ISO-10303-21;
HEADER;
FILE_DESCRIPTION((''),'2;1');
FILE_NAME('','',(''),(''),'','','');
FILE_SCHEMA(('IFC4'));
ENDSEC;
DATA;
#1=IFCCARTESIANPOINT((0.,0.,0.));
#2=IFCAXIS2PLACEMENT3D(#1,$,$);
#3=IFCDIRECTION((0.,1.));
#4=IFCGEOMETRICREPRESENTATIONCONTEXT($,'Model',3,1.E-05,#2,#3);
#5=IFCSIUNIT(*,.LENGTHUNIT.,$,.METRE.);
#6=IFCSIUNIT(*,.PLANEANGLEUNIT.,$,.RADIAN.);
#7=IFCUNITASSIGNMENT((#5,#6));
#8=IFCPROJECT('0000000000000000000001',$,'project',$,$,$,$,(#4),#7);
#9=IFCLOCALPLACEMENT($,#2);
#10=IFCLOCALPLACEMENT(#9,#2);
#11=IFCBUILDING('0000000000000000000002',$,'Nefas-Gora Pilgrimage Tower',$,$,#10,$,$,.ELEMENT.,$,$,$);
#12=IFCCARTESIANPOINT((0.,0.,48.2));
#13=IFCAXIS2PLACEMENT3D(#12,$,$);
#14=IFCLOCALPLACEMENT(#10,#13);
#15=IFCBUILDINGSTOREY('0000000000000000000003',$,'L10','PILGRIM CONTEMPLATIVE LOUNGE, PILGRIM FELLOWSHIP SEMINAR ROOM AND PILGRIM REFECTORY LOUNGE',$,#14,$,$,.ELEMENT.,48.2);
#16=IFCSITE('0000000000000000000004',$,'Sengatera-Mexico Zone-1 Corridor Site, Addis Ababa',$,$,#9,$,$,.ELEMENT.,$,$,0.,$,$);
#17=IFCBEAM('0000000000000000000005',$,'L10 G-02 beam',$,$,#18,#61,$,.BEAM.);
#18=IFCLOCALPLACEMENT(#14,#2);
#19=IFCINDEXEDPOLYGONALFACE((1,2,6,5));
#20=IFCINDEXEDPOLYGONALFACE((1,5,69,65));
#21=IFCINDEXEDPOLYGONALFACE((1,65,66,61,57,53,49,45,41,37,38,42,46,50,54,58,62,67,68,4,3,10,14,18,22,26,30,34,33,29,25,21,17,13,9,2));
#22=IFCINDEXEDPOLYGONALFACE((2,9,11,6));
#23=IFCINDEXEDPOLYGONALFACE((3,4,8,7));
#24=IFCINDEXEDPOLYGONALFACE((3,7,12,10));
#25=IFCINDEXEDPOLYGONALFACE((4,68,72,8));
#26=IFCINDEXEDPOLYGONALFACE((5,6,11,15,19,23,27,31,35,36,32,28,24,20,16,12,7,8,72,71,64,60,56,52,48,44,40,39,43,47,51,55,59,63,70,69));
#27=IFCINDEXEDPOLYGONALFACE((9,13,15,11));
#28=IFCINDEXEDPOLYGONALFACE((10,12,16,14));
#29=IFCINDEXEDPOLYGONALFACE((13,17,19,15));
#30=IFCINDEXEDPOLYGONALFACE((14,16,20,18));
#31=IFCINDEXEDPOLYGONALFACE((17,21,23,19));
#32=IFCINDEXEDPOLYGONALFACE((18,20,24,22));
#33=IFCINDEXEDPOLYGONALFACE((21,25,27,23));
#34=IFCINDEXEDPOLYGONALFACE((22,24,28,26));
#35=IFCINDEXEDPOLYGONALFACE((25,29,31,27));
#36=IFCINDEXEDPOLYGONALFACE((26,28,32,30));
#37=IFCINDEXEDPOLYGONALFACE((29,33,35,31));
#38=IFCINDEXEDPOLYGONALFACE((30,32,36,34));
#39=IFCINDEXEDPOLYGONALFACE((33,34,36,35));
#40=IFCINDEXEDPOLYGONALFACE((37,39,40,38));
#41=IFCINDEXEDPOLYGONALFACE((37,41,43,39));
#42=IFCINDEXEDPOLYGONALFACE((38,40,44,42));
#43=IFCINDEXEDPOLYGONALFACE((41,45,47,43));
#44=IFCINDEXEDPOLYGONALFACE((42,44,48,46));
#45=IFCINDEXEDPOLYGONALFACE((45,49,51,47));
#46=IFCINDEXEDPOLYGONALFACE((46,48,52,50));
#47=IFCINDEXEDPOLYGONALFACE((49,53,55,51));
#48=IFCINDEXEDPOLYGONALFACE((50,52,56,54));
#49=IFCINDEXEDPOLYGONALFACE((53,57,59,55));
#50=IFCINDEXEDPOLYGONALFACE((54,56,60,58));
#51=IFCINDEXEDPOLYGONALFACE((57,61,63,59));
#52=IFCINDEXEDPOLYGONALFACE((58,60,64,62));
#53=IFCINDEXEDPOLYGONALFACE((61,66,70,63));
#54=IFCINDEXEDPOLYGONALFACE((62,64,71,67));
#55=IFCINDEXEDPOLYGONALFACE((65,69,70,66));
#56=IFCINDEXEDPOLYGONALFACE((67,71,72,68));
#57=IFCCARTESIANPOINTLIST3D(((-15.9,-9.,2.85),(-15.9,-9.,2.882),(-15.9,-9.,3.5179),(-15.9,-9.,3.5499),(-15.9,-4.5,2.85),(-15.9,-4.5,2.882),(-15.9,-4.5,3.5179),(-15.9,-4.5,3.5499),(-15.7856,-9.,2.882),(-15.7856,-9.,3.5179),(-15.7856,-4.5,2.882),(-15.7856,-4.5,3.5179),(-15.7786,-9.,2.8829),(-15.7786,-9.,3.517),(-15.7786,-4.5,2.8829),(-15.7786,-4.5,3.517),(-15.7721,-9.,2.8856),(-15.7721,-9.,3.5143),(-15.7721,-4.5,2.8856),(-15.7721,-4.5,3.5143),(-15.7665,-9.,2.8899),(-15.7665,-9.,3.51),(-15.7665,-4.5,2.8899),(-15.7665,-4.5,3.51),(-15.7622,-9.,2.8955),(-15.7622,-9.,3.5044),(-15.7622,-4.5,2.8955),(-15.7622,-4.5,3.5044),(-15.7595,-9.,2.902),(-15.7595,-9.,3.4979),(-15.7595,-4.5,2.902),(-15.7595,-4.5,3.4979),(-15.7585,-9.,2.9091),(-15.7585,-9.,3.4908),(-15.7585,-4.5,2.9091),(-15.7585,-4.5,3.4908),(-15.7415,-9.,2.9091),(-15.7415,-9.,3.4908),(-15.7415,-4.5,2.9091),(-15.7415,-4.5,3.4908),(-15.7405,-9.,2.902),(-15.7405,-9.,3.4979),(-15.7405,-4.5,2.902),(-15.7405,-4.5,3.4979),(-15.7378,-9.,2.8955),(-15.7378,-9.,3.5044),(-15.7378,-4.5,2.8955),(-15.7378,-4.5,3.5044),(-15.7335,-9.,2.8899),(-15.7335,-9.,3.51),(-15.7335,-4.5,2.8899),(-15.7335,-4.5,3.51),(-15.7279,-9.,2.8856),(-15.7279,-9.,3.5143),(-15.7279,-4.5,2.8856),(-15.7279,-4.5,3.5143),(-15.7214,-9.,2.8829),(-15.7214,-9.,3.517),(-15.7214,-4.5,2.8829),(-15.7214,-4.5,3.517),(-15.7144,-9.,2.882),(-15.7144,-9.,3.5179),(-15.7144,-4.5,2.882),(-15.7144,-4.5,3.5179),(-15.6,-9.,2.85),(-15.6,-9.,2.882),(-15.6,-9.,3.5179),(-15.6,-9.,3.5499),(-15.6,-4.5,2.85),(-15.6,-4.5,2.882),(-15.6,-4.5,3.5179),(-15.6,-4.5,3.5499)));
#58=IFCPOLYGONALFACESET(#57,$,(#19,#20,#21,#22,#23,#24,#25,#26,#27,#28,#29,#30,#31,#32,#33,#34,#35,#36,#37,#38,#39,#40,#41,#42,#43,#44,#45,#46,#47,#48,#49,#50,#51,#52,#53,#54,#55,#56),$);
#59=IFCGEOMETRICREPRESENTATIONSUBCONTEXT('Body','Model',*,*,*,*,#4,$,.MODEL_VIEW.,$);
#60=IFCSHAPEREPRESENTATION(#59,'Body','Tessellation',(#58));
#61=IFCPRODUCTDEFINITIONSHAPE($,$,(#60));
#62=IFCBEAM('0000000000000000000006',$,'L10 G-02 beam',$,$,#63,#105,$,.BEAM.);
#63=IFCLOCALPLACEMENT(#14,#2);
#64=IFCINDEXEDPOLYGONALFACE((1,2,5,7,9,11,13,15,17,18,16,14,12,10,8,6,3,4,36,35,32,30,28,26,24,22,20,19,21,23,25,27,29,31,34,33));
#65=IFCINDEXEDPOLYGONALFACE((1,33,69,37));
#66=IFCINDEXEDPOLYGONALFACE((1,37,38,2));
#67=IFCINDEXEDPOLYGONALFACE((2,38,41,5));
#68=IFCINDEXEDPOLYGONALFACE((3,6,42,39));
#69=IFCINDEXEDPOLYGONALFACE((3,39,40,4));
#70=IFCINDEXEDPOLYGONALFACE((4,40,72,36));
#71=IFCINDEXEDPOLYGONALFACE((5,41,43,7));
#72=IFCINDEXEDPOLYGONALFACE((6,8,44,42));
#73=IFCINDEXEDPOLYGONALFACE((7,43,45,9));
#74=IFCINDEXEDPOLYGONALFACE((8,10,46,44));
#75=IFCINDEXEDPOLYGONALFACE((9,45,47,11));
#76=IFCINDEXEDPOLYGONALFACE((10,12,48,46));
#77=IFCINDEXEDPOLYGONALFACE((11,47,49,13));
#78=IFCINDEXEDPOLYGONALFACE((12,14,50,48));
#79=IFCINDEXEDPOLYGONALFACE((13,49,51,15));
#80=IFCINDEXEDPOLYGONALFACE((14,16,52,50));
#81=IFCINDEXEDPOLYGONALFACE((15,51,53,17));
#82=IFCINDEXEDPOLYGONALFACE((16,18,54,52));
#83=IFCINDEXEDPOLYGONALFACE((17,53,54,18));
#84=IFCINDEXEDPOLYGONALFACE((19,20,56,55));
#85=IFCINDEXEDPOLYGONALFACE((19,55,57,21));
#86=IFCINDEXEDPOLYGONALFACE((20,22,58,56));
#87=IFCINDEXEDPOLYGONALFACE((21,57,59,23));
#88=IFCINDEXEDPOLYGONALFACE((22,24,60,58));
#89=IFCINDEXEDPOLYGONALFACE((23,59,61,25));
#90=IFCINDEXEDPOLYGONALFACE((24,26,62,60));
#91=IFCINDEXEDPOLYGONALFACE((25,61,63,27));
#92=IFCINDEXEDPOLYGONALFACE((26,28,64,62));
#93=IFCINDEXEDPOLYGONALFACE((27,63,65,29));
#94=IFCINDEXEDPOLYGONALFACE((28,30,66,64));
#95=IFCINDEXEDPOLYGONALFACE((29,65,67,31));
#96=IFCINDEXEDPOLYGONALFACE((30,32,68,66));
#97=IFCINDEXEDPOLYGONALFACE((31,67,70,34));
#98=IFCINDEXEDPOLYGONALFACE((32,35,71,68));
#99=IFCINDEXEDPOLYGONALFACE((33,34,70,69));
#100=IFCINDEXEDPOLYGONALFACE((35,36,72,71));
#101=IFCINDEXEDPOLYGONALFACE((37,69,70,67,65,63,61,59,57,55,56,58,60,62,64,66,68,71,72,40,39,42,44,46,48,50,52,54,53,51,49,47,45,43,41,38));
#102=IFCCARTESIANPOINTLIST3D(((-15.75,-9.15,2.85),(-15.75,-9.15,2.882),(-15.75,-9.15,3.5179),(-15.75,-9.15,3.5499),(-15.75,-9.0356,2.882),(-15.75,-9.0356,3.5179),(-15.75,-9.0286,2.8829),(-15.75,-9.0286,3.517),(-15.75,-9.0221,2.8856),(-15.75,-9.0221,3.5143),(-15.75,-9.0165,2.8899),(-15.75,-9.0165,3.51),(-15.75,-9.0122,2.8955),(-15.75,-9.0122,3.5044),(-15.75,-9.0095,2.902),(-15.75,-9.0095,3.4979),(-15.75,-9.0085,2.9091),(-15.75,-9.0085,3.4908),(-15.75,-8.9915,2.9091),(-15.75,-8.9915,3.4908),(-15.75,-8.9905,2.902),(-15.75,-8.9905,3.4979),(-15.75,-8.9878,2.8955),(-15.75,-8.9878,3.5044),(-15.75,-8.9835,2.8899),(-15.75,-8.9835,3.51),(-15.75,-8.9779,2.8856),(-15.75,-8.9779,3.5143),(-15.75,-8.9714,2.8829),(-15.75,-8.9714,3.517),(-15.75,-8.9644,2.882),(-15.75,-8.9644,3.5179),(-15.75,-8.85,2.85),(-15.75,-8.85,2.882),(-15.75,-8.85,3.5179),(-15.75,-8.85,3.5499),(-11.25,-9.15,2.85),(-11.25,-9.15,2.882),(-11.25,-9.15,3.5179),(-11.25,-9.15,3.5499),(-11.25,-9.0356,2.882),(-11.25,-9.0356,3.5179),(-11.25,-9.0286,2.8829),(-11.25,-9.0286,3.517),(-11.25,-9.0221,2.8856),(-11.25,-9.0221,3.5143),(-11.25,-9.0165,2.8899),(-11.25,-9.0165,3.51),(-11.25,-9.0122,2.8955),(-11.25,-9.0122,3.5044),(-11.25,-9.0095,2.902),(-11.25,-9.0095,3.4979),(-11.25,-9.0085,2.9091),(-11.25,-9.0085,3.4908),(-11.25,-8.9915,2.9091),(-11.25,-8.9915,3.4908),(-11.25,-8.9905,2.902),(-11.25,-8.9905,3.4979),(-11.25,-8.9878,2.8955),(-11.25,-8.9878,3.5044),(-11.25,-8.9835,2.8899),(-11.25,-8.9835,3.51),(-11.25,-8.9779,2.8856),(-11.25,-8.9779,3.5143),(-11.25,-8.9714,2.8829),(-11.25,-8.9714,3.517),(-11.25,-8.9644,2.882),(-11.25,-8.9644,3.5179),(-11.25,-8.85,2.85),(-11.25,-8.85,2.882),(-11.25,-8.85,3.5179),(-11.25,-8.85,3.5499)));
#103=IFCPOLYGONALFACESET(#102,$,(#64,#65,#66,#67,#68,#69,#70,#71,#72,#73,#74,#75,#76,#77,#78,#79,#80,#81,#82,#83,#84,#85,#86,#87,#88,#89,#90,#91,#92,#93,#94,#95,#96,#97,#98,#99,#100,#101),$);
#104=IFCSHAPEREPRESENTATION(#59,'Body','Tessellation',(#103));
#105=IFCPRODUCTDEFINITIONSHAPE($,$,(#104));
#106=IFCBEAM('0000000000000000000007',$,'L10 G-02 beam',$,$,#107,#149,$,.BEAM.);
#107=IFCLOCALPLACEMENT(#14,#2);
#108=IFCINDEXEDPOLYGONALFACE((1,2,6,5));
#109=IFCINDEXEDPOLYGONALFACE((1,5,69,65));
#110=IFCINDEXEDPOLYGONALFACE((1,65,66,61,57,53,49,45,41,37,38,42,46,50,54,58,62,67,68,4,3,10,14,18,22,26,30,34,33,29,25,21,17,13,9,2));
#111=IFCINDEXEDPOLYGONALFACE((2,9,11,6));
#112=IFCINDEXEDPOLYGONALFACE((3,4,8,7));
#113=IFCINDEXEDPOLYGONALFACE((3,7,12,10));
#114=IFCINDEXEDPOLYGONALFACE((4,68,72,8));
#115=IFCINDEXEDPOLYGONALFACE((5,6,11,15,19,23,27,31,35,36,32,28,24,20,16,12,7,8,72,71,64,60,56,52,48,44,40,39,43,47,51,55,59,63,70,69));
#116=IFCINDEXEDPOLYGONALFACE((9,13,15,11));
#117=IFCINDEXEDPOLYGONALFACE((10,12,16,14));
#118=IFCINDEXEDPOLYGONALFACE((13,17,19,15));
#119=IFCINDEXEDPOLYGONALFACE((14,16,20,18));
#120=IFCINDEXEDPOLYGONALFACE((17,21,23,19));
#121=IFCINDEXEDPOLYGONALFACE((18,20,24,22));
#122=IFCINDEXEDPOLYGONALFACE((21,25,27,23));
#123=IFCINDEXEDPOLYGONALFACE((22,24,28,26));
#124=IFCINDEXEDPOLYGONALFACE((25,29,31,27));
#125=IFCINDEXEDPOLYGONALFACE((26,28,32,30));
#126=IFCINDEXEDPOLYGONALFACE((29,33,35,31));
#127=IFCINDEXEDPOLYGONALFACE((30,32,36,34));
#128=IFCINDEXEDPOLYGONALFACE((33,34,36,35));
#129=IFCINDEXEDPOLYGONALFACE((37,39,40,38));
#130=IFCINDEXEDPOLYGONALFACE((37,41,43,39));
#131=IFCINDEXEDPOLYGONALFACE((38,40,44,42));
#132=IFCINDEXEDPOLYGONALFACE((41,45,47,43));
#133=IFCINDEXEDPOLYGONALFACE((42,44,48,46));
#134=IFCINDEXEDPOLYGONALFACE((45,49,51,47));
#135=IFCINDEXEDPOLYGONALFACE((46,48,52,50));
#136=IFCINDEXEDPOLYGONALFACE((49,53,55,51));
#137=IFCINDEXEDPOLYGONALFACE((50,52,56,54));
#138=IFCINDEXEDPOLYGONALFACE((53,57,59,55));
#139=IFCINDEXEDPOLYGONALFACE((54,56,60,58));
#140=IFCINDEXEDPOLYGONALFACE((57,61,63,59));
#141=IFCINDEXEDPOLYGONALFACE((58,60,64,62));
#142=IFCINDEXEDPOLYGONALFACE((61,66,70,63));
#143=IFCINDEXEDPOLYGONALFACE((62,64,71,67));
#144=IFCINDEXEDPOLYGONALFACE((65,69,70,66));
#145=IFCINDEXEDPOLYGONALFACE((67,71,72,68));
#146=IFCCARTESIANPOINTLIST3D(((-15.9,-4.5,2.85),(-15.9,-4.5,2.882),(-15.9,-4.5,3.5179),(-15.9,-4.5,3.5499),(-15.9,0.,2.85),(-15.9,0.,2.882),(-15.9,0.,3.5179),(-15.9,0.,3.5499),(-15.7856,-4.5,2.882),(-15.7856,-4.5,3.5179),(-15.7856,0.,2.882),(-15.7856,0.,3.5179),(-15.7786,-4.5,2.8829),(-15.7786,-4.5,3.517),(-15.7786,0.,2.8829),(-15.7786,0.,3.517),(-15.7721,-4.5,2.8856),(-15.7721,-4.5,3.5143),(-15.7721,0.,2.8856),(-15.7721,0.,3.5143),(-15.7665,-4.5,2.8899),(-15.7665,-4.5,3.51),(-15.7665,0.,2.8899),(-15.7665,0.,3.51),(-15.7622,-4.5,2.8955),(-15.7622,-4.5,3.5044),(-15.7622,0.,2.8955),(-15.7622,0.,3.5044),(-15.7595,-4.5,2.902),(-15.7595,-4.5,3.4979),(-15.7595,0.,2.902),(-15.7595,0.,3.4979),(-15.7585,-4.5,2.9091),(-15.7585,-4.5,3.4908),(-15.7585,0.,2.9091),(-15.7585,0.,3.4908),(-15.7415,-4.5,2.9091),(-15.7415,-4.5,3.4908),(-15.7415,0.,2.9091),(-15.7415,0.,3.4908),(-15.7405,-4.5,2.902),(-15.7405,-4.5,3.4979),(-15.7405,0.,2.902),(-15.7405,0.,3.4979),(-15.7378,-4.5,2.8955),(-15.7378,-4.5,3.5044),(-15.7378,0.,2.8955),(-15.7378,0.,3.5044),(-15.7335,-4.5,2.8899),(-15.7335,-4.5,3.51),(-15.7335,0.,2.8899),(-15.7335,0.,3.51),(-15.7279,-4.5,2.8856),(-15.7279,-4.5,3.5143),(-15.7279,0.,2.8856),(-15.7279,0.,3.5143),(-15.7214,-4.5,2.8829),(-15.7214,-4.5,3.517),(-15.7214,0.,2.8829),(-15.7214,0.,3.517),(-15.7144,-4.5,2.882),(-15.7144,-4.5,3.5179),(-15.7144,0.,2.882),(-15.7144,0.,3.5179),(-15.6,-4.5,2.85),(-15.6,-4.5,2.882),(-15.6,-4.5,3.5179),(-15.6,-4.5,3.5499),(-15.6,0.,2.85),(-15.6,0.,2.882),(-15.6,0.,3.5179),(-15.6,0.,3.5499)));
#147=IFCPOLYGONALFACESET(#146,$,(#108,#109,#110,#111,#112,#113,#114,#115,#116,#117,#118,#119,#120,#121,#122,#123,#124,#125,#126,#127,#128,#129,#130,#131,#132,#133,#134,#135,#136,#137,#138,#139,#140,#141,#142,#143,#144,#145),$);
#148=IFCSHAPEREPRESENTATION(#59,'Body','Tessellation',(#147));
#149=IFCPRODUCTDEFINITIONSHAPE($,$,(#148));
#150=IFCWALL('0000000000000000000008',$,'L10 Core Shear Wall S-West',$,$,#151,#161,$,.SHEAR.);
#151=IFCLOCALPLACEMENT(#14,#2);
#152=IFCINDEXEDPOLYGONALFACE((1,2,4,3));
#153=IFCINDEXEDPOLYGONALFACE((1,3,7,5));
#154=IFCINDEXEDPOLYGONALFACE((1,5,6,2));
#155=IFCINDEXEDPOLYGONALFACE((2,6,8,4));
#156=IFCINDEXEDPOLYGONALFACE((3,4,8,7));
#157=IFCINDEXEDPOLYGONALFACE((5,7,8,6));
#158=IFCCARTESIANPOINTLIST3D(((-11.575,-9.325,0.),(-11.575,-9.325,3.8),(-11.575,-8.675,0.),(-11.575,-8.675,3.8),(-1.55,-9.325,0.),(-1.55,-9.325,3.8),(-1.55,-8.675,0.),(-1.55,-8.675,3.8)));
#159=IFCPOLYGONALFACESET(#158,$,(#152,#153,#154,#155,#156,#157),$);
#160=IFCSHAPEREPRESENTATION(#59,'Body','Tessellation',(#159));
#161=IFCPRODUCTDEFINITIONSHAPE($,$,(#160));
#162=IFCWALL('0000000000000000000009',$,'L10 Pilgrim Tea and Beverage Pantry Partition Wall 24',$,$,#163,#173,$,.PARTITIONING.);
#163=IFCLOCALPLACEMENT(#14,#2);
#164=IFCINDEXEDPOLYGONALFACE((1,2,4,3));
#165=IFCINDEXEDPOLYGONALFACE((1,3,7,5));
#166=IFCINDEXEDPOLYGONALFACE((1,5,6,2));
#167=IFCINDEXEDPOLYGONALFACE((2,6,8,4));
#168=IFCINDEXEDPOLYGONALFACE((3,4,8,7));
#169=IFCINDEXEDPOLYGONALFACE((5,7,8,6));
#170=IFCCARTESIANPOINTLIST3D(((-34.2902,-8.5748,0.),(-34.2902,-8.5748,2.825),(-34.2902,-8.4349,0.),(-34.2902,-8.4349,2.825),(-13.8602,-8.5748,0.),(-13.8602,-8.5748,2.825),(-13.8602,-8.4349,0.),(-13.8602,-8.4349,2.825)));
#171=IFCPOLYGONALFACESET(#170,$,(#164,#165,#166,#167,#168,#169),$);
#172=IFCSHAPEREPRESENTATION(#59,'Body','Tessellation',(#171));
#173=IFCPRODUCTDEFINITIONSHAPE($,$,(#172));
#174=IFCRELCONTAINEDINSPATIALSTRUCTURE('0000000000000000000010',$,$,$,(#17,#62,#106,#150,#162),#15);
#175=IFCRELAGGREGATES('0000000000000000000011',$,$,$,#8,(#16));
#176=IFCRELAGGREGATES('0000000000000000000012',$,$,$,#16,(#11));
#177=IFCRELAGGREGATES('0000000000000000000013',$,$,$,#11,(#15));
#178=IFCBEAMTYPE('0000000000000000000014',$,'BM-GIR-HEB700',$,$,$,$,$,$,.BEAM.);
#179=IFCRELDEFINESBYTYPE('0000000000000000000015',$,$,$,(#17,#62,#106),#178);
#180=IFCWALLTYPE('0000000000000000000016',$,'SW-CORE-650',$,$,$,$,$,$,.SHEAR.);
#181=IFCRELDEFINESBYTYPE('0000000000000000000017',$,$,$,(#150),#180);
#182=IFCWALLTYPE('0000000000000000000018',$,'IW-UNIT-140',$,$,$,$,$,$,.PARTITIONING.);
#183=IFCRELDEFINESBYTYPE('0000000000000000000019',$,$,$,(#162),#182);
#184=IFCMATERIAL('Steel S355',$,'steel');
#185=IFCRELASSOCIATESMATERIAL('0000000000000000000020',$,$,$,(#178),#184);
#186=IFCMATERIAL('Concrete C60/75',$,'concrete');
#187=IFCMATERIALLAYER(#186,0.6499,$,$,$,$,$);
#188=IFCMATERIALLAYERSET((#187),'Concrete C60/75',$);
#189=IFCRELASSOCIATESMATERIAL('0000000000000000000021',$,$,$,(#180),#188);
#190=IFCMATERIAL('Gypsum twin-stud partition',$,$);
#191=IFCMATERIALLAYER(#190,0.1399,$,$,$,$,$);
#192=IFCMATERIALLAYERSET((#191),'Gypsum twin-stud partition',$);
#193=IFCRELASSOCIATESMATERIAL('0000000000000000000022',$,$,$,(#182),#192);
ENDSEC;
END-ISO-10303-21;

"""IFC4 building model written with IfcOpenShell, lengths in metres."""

from ifc_helpers import new_model, si_unit, direction, frame, frame_2d, origin, origin_2d, place, context, subcontext, project, spatial, rectangle, i_section, extrude, source, transform, mapped, material, layer, layer_set, material_profile, profile_set, type_object, element, save


model = new_model("IFC4")

# Units and contexts
model_context = context("Model", 3, precision=1e-05, world=origin(), true_north=direction((0.0, 1.0)))
body_context = subcontext(model_context, "Body", "Model", "MODEL_VIEW")
ifc_project = project(units=[si_unit("LENGTHUNIT", "METRE"), si_unit("PLANEANGLEUNIT", "RADIAN")], contexts=[model_context])

# Site, building, storey
site_placement = place(None, origin())
site = spatial("IfcSite", under=ifc_project, at=site_placement, Name="Sengatera-Mexico Zone-1 Corridor Site, Addis Ababa", CompositionType="ELEMENT", RefElevation=0.0)
building_placement = place(site_placement, origin())
building = spatial("IfcBuilding", under=site, at=building_placement, Name="Nefas-Gora Pilgrimage Tower", CompositionType="ELEMENT")
storey_placement = place(building_placement, frame((0.0, 0.0, 48.2)))
storey = spatial("IfcBuildingStorey", under=building, at=storey_placement, Name="L10", Description="PILGRIM CONTEMPLATIVE LOUNGE, PILGRIM FELLOWSHIP SEMINAR ROOM AND PILGRIM REFECTORY LOUNGE", CompositionType="ELEMENT", Elevation=48.2)

# Beams
ifc_material_1 = material(Name="Steel S355", Category="steel")
ifc_material_profile_1 = material_profile(ifc_material_1, i_section(OverallWidth=0.3, OverallDepth=0.7, WebThickness=0.0171, FlangeThickness=0.032, FilletRadius=0.0271, at=origin_2d()), Name="HEB 700")
ifc_profile_set_1 = profile_set([ifc_material_profile_1], Name="Steel S355")
beam_type_1 = type_object("IfcBeamType", Name="BM-GIR-HEB700", PredefinedType="BEAM", material=ifc_profile_set_1)
shared_shape_1 = source(origin(), body_context, "Body", "SweptSolid", [
    extrude(i_section(OverallWidth=0.3, OverallDepth=0.7, WebThickness=0.0171, FlangeThickness=0.032, FilletRadius=0.0271, at=origin_2d()), origin(), (0.0, 0.0, 1.0), 4.5),
])
for number, where, z_axis, x_axis, name in (
    (1, (-15.75, -9.0, 3.2), (0.0, 1.0, 0.0), (-1.0, 0.0, 0.0), "L10 G-02 beam"),
    (2, (-15.75, -9.0, 3.2), (1.0, 0.0, 0.0), (0.0, 1.0, 0.0), "L10 G-02 beam"),
    (3, (-15.75, -4.5, 3.2), (0.0, 1.0, 0.0), (-1.0, 0.0, 0.0), "L10 G-02 beam"),
):
    element("IfcBeam", number, at=place(storey_placement, frame(where, z_axis=z_axis, x_axis=x_axis)), inside=storey, type_object=beam_type_1, Name=name, PredefinedType="BEAM", context=body_context, shape_type="MappedRepresentation", body=[
        mapped(shared_shape_1, transform((0.0, 0.0, 0.0), x_axis=(1.0, 0.0, 0.0), y_axis=(0.0, 1.0, 0.0), z_axis=(0.0, 0.0, 1.0), scale=1.0)),
    ])

# Wall
ifc_material_2 = material(Name="Concrete C60/75", Category="concrete")
ifc_layer_1 = layer(ifc_material_2, 0.6499)
ifc_layer_set_1 = layer_set([ifc_layer_1], Name="Concrete C60/75")
wall_type_1 = type_object("IfcWallType", Name="SW-CORE-650", PredefinedType="SHEAR", material=ifc_layer_set_1)
shared_shape_2 = source(origin(), body_context, "Body", "SweptSolid", [
    extrude(rectangle(XDim=10.0249, YDim=0.6499, at=frame_2d((5.0125, 0.0))), origin(), (0.0, 0.0, 1.0), 3.8),
])
wall_1_placement = place(storey_placement, frame((-11.575, -9.0, 0.0), z_axis=(0.0, 0.0, 1.0), x_axis=(1.0, 0.0, 0.0)))
element("IfcWall", 4, at=wall_1_placement, inside=storey, type_object=wall_type_1, Name="L10 Core Shear Wall S-West", PredefinedType="SHEAR", context=body_context, shape_type="MappedRepresentation", body=[
    mapped(shared_shape_2, transform((0.0, 0.0, 0.0), x_axis=(1.0, 0.0, 0.0), y_axis=(0.0, 1.0, 0.0), z_axis=(0.0, 0.0, 1.0), scale=1.0)),
])

# Wall
ifc_material_3 = material(Name="Gypsum twin-stud partition")
ifc_layer_2 = layer(ifc_material_3, 0.1399)
ifc_layer_set_2 = layer_set([ifc_layer_2], Name="Gypsum twin-stud partition")
wall_type_2 = type_object("IfcWallType", Name="IW-UNIT-140", PredefinedType="PARTITIONING", material=ifc_layer_set_2)
shared_shape_3 = source(origin(), body_context, "Body", "SweptSolid", [
    extrude(rectangle(XDim=20.4299, YDim=0.1399, at=frame_2d((10.2148, 0.0))), origin(), (0.0, 0.0, 1.0), 2.825),
])
wall_2_placement = place(storey_placement, frame((-34.29, -8.5049, 0.0), z_axis=(0.0, 0.0, 1.0), x_axis=(1.0, 0.0, 0.0)))
element("IfcWall", 5, at=wall_2_placement, inside=storey, type_object=wall_type_2, Name="L10 Pilgrim Tea and Beverage Pantry Partition Wall 24", PredefinedType="PARTITIONING", context=body_context, shape_type="MappedRepresentation", body=[
    mapped(shared_shape_3, transform((0.0, 0.0, 0.0), x_axis=(1.0, 0.0, 0.0), y_axis=(0.0, 1.0, 0.0), z_axis=(0.0, 0.0, 1.0), scale=1.0)),
])

save(model, "model.ifc")
